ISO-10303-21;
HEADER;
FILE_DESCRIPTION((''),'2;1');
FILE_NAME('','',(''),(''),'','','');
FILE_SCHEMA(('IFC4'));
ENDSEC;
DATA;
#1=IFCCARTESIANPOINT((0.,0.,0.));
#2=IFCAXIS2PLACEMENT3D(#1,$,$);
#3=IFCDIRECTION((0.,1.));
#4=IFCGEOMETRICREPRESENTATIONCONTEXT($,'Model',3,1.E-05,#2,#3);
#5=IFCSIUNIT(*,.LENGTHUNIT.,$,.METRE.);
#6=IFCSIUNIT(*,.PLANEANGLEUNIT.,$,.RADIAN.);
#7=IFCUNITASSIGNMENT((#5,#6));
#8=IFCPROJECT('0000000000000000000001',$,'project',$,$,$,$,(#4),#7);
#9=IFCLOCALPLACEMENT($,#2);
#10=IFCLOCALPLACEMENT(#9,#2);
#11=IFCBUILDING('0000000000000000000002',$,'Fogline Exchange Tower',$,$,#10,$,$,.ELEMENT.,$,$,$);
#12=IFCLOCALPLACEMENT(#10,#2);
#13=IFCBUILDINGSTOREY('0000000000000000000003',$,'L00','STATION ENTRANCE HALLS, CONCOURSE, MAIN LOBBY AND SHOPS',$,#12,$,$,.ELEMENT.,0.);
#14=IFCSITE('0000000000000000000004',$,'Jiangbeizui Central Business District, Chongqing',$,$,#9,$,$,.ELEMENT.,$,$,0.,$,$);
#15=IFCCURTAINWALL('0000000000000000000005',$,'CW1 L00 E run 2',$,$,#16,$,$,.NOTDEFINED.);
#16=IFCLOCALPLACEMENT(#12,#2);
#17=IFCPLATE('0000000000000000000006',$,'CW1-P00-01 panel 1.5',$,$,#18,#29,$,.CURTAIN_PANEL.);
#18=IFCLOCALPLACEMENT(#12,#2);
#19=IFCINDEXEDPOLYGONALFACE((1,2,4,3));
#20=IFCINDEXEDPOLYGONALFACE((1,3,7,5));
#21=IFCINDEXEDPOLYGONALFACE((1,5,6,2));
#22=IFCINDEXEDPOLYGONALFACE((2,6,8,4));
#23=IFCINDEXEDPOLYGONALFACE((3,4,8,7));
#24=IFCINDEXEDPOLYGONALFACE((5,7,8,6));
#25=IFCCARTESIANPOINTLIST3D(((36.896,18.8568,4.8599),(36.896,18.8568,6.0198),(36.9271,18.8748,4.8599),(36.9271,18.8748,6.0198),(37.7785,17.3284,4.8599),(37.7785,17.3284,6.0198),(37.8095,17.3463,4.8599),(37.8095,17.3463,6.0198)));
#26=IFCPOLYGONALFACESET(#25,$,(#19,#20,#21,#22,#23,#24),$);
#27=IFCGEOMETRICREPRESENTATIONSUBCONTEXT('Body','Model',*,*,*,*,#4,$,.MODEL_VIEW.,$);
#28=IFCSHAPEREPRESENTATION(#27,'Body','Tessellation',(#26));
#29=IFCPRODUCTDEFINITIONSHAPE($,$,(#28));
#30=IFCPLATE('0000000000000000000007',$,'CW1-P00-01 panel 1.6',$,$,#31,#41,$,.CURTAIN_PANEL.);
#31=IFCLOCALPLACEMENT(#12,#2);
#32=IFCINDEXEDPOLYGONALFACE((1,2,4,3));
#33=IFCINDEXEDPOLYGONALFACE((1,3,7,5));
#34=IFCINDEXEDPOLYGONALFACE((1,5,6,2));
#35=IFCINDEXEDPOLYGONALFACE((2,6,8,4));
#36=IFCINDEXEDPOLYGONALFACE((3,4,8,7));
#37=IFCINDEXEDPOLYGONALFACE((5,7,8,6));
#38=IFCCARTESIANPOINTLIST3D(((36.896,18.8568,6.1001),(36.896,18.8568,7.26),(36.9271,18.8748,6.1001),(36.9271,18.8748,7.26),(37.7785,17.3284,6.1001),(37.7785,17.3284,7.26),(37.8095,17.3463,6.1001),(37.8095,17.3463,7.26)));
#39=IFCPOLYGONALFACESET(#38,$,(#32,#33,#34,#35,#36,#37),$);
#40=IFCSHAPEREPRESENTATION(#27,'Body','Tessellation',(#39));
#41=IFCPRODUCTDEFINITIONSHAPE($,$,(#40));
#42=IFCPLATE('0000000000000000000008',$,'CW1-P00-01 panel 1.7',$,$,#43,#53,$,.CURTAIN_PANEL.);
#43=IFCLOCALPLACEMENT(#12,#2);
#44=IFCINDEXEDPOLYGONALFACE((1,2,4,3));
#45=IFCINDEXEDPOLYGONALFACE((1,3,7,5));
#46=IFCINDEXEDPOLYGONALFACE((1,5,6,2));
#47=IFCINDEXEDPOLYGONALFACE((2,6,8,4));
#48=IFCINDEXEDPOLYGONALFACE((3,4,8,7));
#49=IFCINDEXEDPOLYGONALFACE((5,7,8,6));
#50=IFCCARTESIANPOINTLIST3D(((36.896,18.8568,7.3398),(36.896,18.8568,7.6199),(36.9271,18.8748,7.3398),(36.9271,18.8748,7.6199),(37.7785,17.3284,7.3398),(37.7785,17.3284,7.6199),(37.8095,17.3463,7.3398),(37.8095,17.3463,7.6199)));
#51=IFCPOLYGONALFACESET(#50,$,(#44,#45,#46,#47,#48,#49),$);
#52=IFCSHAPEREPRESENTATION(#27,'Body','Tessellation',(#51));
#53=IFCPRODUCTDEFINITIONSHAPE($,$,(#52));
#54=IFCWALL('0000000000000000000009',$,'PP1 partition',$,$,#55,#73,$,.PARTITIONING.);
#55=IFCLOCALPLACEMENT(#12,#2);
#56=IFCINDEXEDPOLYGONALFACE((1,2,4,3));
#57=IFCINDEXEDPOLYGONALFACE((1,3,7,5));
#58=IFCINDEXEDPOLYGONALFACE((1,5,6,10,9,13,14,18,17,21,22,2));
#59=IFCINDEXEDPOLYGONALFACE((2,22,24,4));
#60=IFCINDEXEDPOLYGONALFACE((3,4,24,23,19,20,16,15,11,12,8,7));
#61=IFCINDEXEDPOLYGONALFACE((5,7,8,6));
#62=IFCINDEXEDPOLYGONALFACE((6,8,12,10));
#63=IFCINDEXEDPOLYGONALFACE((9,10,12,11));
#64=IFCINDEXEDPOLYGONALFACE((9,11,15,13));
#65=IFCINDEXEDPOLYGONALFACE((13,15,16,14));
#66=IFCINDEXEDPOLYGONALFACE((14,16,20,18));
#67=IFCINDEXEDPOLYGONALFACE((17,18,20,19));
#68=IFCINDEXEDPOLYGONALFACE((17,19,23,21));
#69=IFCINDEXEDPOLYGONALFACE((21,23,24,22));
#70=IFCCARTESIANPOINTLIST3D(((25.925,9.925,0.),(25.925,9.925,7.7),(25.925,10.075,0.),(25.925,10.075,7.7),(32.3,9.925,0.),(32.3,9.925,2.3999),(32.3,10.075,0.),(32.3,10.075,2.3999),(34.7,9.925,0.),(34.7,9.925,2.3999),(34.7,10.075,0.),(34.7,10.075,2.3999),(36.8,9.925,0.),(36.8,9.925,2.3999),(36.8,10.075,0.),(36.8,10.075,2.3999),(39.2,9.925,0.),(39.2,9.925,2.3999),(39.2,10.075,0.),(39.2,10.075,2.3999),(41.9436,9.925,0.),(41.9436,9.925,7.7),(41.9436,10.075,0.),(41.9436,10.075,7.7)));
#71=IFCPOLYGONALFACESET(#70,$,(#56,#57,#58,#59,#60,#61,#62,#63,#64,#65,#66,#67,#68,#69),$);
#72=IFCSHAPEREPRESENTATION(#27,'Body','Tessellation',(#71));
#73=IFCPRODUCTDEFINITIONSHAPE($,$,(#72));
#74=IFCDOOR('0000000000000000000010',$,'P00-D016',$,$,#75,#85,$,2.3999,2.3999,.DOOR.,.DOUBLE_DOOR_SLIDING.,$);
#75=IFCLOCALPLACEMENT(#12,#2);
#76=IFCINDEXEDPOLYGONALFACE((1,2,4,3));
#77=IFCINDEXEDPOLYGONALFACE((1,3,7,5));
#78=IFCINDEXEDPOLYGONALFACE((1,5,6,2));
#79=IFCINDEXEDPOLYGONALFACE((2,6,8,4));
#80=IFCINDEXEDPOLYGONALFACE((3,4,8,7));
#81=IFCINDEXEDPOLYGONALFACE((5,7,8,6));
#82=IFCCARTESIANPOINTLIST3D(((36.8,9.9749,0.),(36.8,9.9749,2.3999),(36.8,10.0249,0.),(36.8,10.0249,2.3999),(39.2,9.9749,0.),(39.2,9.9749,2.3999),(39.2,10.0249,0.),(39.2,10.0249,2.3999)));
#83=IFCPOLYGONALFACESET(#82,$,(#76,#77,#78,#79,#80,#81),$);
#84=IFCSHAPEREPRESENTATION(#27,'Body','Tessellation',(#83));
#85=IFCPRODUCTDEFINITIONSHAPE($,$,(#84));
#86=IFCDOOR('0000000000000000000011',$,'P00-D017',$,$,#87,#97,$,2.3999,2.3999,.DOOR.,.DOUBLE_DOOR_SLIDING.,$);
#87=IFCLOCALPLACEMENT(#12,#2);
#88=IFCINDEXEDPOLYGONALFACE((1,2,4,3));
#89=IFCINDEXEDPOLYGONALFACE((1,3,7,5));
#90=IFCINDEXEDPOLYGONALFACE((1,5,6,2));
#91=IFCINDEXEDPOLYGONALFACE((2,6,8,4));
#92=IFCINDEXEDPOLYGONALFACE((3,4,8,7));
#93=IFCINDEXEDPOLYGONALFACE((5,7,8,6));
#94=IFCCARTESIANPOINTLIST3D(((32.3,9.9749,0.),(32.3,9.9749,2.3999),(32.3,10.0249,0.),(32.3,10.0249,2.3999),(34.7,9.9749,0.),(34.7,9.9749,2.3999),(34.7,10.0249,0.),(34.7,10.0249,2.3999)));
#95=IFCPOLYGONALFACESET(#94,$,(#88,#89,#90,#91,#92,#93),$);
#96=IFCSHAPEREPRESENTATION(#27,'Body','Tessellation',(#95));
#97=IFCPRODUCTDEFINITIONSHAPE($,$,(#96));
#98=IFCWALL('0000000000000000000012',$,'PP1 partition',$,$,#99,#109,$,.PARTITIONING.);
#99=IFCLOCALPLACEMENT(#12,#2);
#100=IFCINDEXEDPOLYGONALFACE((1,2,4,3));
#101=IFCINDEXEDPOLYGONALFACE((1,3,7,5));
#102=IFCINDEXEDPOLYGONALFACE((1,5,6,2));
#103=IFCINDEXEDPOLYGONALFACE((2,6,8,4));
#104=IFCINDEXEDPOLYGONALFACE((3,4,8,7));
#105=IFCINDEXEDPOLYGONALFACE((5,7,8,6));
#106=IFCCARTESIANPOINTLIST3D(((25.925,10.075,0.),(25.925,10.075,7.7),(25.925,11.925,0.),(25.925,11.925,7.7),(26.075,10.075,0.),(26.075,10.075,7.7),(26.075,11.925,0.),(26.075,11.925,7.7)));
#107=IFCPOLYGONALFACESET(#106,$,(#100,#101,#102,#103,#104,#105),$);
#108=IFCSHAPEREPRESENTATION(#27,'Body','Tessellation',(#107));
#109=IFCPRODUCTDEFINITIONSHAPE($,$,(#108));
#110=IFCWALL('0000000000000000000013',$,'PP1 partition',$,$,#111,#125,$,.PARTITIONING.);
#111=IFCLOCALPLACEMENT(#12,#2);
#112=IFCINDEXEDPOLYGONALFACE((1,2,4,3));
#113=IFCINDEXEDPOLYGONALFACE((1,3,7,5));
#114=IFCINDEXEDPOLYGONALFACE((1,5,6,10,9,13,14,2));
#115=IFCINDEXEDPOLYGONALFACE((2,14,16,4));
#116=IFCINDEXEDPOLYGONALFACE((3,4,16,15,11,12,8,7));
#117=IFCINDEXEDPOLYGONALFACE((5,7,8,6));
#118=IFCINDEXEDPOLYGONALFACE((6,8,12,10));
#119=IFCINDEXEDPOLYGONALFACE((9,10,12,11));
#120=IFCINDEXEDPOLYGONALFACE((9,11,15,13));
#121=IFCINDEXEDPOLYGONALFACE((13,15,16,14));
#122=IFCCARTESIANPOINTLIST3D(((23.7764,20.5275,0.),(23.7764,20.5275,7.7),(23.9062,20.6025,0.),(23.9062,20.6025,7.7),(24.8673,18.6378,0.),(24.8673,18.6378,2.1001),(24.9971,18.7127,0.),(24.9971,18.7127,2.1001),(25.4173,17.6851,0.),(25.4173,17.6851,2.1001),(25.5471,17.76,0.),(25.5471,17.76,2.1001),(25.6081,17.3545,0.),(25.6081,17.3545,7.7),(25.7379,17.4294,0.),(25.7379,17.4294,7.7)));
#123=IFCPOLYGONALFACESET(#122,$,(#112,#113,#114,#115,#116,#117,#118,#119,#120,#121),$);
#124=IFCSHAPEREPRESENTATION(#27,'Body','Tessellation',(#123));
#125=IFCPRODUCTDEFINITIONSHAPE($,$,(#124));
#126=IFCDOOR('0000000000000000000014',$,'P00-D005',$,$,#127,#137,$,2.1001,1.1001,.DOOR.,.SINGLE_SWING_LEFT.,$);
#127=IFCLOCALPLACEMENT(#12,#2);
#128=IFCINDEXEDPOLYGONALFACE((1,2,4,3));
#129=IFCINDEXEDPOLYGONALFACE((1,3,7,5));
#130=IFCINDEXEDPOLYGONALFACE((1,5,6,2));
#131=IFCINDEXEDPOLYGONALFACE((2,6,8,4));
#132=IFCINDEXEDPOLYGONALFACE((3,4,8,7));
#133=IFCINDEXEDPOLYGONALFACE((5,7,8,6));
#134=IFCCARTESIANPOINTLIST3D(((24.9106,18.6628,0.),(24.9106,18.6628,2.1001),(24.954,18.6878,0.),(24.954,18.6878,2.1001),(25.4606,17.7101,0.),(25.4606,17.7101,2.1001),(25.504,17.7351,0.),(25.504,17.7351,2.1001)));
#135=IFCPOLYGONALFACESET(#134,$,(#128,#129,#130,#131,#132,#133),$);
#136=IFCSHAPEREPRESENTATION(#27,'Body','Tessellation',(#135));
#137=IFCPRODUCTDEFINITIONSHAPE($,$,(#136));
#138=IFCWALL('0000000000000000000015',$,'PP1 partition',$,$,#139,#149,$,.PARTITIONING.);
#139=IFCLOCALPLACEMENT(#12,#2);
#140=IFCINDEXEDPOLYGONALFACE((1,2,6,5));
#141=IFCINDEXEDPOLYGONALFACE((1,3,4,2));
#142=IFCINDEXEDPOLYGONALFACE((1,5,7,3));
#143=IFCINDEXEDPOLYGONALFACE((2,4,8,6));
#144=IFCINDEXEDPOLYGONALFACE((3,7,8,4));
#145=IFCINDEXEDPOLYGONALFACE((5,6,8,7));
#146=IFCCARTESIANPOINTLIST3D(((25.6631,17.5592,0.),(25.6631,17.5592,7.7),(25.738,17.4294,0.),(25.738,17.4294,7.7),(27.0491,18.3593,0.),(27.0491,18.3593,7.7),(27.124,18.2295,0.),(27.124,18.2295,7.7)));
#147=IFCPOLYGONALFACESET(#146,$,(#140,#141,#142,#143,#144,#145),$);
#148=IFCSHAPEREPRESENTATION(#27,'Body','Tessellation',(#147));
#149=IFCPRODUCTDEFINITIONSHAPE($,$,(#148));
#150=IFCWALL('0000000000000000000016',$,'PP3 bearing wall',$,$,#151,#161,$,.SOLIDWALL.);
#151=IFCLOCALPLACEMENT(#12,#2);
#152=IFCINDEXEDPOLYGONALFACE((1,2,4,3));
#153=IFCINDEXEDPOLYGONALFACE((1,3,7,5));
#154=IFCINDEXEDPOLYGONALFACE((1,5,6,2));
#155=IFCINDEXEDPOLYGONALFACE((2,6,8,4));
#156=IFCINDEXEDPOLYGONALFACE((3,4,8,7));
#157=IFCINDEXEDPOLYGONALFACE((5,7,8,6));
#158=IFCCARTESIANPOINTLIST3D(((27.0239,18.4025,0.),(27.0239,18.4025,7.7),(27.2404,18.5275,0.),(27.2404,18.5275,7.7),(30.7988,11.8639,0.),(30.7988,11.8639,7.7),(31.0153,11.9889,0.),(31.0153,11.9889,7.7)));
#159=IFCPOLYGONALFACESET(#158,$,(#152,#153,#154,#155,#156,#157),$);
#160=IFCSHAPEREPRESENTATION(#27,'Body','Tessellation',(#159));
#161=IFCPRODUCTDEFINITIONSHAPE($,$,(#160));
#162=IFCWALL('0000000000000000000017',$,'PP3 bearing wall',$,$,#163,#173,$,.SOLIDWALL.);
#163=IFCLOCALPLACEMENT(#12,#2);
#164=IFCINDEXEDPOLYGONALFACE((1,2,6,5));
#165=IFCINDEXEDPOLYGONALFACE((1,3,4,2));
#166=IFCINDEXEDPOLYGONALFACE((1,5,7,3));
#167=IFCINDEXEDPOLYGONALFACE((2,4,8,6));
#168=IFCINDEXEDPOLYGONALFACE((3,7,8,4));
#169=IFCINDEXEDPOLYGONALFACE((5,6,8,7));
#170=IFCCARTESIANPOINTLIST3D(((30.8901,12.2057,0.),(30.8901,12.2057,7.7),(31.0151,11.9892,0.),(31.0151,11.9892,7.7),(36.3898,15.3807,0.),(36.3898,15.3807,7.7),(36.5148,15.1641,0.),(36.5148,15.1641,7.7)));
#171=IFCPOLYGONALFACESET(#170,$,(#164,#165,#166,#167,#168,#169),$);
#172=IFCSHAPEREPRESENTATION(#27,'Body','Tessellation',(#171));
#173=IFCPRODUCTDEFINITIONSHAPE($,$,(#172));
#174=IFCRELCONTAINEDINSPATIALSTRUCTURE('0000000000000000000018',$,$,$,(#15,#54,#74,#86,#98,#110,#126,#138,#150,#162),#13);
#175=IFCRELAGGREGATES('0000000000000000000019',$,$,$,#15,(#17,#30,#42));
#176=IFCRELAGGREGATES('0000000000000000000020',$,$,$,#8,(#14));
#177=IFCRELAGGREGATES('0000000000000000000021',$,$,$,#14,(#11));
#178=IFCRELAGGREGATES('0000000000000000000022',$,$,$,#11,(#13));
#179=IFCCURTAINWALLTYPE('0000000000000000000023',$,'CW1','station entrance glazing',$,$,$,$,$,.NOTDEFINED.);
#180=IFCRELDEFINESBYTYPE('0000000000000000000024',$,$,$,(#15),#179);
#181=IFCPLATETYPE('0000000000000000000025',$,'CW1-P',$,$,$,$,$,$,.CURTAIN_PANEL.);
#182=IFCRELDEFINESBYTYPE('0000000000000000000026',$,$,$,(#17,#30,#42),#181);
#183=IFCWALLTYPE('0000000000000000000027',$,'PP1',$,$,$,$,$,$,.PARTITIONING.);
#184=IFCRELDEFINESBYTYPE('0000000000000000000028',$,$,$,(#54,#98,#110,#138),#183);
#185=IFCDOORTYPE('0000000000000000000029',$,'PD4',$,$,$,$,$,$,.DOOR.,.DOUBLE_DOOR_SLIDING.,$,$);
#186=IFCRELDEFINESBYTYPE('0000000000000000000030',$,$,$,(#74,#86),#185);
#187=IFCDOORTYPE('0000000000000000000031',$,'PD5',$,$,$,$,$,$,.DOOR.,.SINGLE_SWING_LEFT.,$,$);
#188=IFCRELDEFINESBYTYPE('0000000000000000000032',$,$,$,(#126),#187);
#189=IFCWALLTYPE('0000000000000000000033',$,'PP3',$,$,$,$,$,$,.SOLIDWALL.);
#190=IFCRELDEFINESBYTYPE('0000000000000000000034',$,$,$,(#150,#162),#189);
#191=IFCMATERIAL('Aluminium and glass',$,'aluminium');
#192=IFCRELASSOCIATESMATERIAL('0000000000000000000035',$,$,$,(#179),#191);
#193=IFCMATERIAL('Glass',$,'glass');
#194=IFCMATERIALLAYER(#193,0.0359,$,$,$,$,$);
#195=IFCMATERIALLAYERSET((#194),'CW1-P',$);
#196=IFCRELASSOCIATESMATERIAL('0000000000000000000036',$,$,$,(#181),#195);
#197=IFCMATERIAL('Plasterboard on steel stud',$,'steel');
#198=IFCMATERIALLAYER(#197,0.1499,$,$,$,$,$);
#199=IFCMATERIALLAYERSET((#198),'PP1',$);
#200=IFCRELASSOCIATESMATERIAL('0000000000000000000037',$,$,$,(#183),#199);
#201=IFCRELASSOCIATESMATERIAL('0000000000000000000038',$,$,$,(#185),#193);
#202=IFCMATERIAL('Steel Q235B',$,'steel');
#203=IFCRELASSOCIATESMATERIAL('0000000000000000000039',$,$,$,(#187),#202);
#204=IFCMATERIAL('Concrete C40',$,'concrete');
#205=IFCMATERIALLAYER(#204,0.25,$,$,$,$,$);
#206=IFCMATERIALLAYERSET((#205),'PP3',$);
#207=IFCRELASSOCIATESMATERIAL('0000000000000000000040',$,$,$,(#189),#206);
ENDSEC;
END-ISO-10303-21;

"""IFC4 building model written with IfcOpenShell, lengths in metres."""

from ifc_helpers import new_model, si_unit, direction, frame, frame_2d, origin, origin_2d, place, context, subcontext, project, spatial, rectangle, extrude, material, layer, layer_set, type_object, element, fill, aggregate, save


model = new_model("IFC4")

# Units and contexts
model_context = context("Model", 3, precision=1e-05, world=origin(), true_north=direction((0.0, 1.0)))
body_context = subcontext(model_context, "Body", "Model", "MODEL_VIEW")
ifc_project = project(units=[si_unit("LENGTHUNIT", "METRE"), si_unit("PLANEANGLEUNIT", "RADIAN")], contexts=[model_context])

# Site, building, storey
site_placement = place(None, origin())
site = spatial("IfcSite", under=ifc_project, at=site_placement, Name="Jiangbeizui Central Business District, Chongqing", CompositionType="ELEMENT", RefElevation=0.0)
building_placement = place(site_placement, origin())
building = spatial("IfcBuilding", under=site, at=building_placement, Name="Fogline Exchange Tower", CompositionType="ELEMENT")
storey_placement = place(building_placement, origin())
storey = spatial("IfcBuildingStorey", under=building, at=storey_placement, Name="L00", Description="STATION ENTRANCE HALLS, CONCOURSE, MAIN LOBBY AND SHOPS", CompositionType="ELEMENT", Elevation=0.0)

# Shared definitions
ifc_material_1 = material(Name="Concrete C40", Category="concrete")

# Curtain wall, plates
ifc_material_2 = material(Name="Aluminium and glass", Category="aluminium")
curtain_wall_type = type_object("IfcCurtainWallType", Name="CW1", Description="station entrance glazing", PredefinedType="NOTDEFINED", material=ifc_material_2)
curtain_wall_placement = place(storey_placement, origin())
curtain_wall = element("IfcCurtainWall", 1, at=curtain_wall_placement, inside=storey, type_object=curtain_wall_type, Name="CW1 L00 E run 2", PredefinedType="NOTDEFINED")
ifc_material_3 = material(Name="Glass", Category="glass")
ifc_layer_1 = layer(ifc_material_3, 0.0359)
ifc_layer_set_1 = layer_set([ifc_layer_1], Name="CW1-P")
plate_type = type_object("IfcPlateType", Name="CW1-P", PredefinedType="CURTAIN_PANEL", material=ifc_layer_set_1)
plate_1_placement = place(storey_placement, frame((37.3528, 18.1016, 4.8599), z_axis=(0.0, 0.0, 1.0), x_axis=(-0.5, 0.866026, 0.0)))
plate_1 = element("IfcPlate", 2, at=plate_1_placement, type_object=plate_type, Name="CW1-P00-01 panel 1.5", PredefinedType="CURTAIN_PANEL", context=body_context, shape_type="SweptSolid", body=[
    extrude(rectangle(XDim=1.7649, YDim=0.0359, at=origin_2d()), origin(), (0.0, 0.0, 1.0), 1.1599),
])
plate_2_placement = place(storey_placement, frame((37.3528, 18.1016, 6.1001), z_axis=(0.0, 0.0, 1.0), x_axis=(-0.5, 0.866026, 0.0)))
plate_2 = element("IfcPlate", 3, at=plate_2_placement, type_object=plate_type, Name="CW1-P00-01 panel 1.6", PredefinedType="CURTAIN_PANEL", context=body_context, shape_type="SweptSolid", body=[
    extrude(rectangle(XDim=1.7649, YDim=0.0359, at=origin_2d()), origin(), (0.0, 0.0, 1.0), 1.1599),
])
plate_3_placement = place(storey_placement, frame((37.3528, 18.1016, 7.3398), z_axis=(0.0, 0.0, 1.0), x_axis=(-0.5, 0.866026, 0.0)))
plate_3 = element("IfcPlate", 4, at=plate_3_placement, type_object=plate_type, Name="CW1-P00-01 panel 1.7", PredefinedType="CURTAIN_PANEL", context=body_context, shape_type="SweptSolid", body=[
    extrude(rectangle(XDim=1.7649, YDim=0.0359, at=origin_2d()), origin(), (0.0, 0.0, 1.0), 0.28),
])
aggregate(curtain_wall, [plate_1, plate_2, plate_3])

# Wall, openings, doors
ifc_material_4 = material(Name="Plasterboard on steel stud", Category="steel")
ifc_layer_2 = layer(ifc_material_4, 0.1499)
ifc_layer_set_2 = layer_set([ifc_layer_2], Name="PP1")
wall_type_1 = type_object("IfcWallType", Name="PP1", PredefinedType="PARTITIONING", material=ifc_layer_set_2)
wall_1_placement = place(storey_placement, frame((25.925, 10.0, 0.0), z_axis=(0.0, 0.0, 1.0), x_axis=(1.0, 0.0, 0.0)))
wall_1 = element("IfcWall", 5, at=wall_1_placement, inside=storey, type_object=wall_type_1, Name="PP1 partition", PredefinedType="PARTITIONING", context=body_context, shape_type="SweptSolid", body=[
    extrude(rectangle(XDim=16.0186, YDim=0.1499, at=frame_2d((8.0093, 0.0))), origin(), (0.0, 0.0, 1.0), 7.7),
])
opening_1_placement = place(wall_1_placement, frame((10.875, 0.0, 0.0)))
opening_1 = element("IfcOpeningElement", 6, at=opening_1_placement, cuts=wall_1, PredefinedType="OPENING", context=body_context, shape_type="SweptSolid", body=[
    extrude(rectangle(XDim=2.3999, YDim=2.3999, at=frame_2d((1.2, 1.2))), frame((0.0, 0.085, 0.0), z_axis=(0.0, -1.0, 0.0), x_axis=(1.0, 0.0, 0.0)), (0.0, 0.0, 1.0), 0.1699),
])
opening_2_placement = place(wall_1_placement, frame((6.375, 0.0, 0.0)))
opening_2 = element("IfcOpeningElement", 7, at=opening_2_placement, cuts=wall_1, PredefinedType="OPENING", context=body_context, shape_type="SweptSolid", body=[
    extrude(rectangle(XDim=2.3999, YDim=2.3999, at=frame_2d((1.2, 1.2))), frame((0.0, 0.085, 0.0), z_axis=(0.0, -1.0, 0.0), x_axis=(1.0, 0.0, 0.0)), (0.0, 0.0, 1.0), 0.1699),
])
door_type_1 = type_object("IfcDoorType", Name="PD4", OperationType="DOUBLE_DOOR_SLIDING", PredefinedType="DOOR", material=ifc_material_3)
door_1_placement = place(opening_1_placement, origin())
door_1 = element("IfcDoor", 8, at=door_1_placement, inside=storey, type_object=door_type_1, Name="P00-D016", OperationType="DOUBLE_DOOR_SLIDING", OverallHeight=2.3999, OverallWidth=2.3999, PredefinedType="DOOR", context=body_context, shape_type="SweptSolid", body=[
    extrude(rectangle(XDim=2.3999, YDim=2.3999, at=frame_2d((1.2, 1.2))), frame((0.0, 0.0249, 0.0), z_axis=(0.0, -1.0, 0.0), x_axis=(1.0, 0.0, 0.0)), (0.0, 0.0, 1.0), 0.05),
])
fill(opening_1, door_1)
door_2_placement = place(opening_2_placement, origin())
door_2 = element("IfcDoor", 9, at=door_2_placement, inside=storey, type_object=door_type_1, Name="P00-D017", OperationType="DOUBLE_DOOR_SLIDING", OverallHeight=2.3999, OverallWidth=2.3999, PredefinedType="DOOR", context=body_context, shape_type="SweptSolid", body=[
    extrude(rectangle(XDim=2.3999, YDim=2.3999, at=frame_2d((1.2, 1.2))), frame((0.0, 0.0249, 0.0), z_axis=(0.0, -1.0, 0.0), x_axis=(1.0, 0.0, 0.0)), (0.0, 0.0, 1.0), 0.05),
])
fill(opening_2, door_2)

# Wall
wall_2_placement = place(storey_placement, frame((26.0, 11.925, 0.0), z_axis=(0.0, 0.0, 1.0), x_axis=(0.0, -1.0, 0.0)))
element("IfcWall", 10, at=wall_2_placement, inside=storey, type_object=wall_type_1, Name="PP1 partition", PredefinedType="PARTITIONING", context=body_context, shape_type="SweptSolid", body=[
    extrude(rectangle(XDim=1.8501, YDim=0.1499, at=frame_2d((0.925, 0.0))), origin(), (0.0, 0.0, 1.0), 7.7),
])

# Wall, opening, door
wall_3_placement = place(storey_placement, frame((25.6731, 17.3918, 0.0), z_axis=(0.0, 0.0, 1.0), x_axis=(-0.499959, 0.866049, 0.0)))
wall_3 = element("IfcWall", 11, at=wall_3_placement, inside=storey, type_object=wall_type_1, Name="PP1 partition", PredefinedType="PARTITIONING", context=body_context, shape_type="SweptSolid", body=[
    extrude(rectangle(XDim=3.6638, YDim=0.1499, at=frame_2d((1.832, 0.0))), origin(), (0.0, 0.0, 1.0), 7.7),
])
opening_3_placement = place(wall_3_placement, frame((0.3818, 0.0, 0.0)))
opening_3 = element("IfcOpeningElement", 12, at=opening_3_placement, cuts=wall_3, PredefinedType="OPENING", context=body_context, shape_type="SweptSolid", body=[
    extrude(rectangle(XDim=1.1001, YDim=2.1001, at=frame_2d((0.55, 1.05))), frame((0.0, 0.085, 0.0), z_axis=(0.0, -1.0, 0.0), x_axis=(1.0, 0.0, 0.0)), (0.0, 0.0, 1.0), 0.1699),
])
ifc_material_5 = material(Name="Steel Q235B", Category="steel")
door_type_2 = type_object("IfcDoorType", Name="PD5", OperationType="SINGLE_SWING_LEFT", PredefinedType="DOOR", material=ifc_material_5)
door_3_placement = place(opening_3_placement, origin())
door_3 = element("IfcDoor", 13, at=door_3_placement, inside=storey, type_object=door_type_2, Name="P00-D005", OperationType="SINGLE_SWING_LEFT", OverallHeight=2.1001, OverallWidth=1.1001, PredefinedType="DOOR", context=body_context, shape_type="SweptSolid", body=[
    extrude(rectangle(XDim=1.1001, YDim=2.1001, at=frame_2d((0.55, 1.05))), frame((0.0, 0.0249, 0.0), z_axis=(0.0, -1.0, 0.0), x_axis=(1.0, 0.0, 0.0)), (0.0, 0.0, 1.0), 0.05),
])
fill(opening_3, door_3)

# Walls
wall_4_placement = place(storey_placement, frame((27.0867, 18.2944, 0.0), z_axis=(0.0, 0.0, 1.0), x_axis=(-0.866066, -0.499929, 0.0)))
element("IfcWall", 14, at=wall_4_placement, inside=storey, type_object=wall_type_1, Name="PP1 partition", PredefinedType="PARTITIONING", context=body_context, shape_type="SweptSolid", body=[
    extrude(rectangle(XDim=1.6003, YDim=0.1499, at=frame_2d((0.8003, 0.0))), origin(), (0.0, 0.0, 1.0), 7.7),
])
ifc_layer_3 = layer(ifc_material_1, 0.25)
ifc_layer_set_3 = layer_set([ifc_layer_3], Name="PP3")
wall_type_2 = type_object("IfcWallType", Name="PP3", PredefinedType="SOLIDWALL", material=ifc_layer_set_3)
wall_5_placement = place(storey_placement, frame((30.907, 11.9265, 0.0), z_axis=(0.0, 0.0, 1.0), x_axis=(-0.499986, 0.866034, 0.0)))
element("IfcWall", 15, at=wall_5_placement, inside=storey, type_object=wall_type_2, Name="PP3 bearing wall", PredefinedType="SOLIDWALL", context=body_context, shape_type="SweptSolid", body=[
    extrude(rectangle(XDim=7.55, YDim=0.25, at=frame_2d((3.7749, 0.0))), origin(), (0.0, 0.0, 1.0), 7.7),
])
wall_6_placement = place(storey_placement, frame((36.4524, 15.2725, 0.0), z_axis=(0.0, 0.0, 1.0), x_axis=(-0.866042, -0.499972, 0.0)))
element("IfcWall", 16, at=wall_6_placement, inside=storey, type_object=wall_type_2, Name="PP3 bearing wall", PredefinedType="SOLIDWALL", context=body_context, shape_type="SweptSolid", body=[
    extrude(rectangle(XDim=6.3503, YDim=0.25, at=frame_2d((3.1753, 0.0))), origin(), (0.0, 0.0, 1.0), 7.7),
])

save(model, "model.ifc")
